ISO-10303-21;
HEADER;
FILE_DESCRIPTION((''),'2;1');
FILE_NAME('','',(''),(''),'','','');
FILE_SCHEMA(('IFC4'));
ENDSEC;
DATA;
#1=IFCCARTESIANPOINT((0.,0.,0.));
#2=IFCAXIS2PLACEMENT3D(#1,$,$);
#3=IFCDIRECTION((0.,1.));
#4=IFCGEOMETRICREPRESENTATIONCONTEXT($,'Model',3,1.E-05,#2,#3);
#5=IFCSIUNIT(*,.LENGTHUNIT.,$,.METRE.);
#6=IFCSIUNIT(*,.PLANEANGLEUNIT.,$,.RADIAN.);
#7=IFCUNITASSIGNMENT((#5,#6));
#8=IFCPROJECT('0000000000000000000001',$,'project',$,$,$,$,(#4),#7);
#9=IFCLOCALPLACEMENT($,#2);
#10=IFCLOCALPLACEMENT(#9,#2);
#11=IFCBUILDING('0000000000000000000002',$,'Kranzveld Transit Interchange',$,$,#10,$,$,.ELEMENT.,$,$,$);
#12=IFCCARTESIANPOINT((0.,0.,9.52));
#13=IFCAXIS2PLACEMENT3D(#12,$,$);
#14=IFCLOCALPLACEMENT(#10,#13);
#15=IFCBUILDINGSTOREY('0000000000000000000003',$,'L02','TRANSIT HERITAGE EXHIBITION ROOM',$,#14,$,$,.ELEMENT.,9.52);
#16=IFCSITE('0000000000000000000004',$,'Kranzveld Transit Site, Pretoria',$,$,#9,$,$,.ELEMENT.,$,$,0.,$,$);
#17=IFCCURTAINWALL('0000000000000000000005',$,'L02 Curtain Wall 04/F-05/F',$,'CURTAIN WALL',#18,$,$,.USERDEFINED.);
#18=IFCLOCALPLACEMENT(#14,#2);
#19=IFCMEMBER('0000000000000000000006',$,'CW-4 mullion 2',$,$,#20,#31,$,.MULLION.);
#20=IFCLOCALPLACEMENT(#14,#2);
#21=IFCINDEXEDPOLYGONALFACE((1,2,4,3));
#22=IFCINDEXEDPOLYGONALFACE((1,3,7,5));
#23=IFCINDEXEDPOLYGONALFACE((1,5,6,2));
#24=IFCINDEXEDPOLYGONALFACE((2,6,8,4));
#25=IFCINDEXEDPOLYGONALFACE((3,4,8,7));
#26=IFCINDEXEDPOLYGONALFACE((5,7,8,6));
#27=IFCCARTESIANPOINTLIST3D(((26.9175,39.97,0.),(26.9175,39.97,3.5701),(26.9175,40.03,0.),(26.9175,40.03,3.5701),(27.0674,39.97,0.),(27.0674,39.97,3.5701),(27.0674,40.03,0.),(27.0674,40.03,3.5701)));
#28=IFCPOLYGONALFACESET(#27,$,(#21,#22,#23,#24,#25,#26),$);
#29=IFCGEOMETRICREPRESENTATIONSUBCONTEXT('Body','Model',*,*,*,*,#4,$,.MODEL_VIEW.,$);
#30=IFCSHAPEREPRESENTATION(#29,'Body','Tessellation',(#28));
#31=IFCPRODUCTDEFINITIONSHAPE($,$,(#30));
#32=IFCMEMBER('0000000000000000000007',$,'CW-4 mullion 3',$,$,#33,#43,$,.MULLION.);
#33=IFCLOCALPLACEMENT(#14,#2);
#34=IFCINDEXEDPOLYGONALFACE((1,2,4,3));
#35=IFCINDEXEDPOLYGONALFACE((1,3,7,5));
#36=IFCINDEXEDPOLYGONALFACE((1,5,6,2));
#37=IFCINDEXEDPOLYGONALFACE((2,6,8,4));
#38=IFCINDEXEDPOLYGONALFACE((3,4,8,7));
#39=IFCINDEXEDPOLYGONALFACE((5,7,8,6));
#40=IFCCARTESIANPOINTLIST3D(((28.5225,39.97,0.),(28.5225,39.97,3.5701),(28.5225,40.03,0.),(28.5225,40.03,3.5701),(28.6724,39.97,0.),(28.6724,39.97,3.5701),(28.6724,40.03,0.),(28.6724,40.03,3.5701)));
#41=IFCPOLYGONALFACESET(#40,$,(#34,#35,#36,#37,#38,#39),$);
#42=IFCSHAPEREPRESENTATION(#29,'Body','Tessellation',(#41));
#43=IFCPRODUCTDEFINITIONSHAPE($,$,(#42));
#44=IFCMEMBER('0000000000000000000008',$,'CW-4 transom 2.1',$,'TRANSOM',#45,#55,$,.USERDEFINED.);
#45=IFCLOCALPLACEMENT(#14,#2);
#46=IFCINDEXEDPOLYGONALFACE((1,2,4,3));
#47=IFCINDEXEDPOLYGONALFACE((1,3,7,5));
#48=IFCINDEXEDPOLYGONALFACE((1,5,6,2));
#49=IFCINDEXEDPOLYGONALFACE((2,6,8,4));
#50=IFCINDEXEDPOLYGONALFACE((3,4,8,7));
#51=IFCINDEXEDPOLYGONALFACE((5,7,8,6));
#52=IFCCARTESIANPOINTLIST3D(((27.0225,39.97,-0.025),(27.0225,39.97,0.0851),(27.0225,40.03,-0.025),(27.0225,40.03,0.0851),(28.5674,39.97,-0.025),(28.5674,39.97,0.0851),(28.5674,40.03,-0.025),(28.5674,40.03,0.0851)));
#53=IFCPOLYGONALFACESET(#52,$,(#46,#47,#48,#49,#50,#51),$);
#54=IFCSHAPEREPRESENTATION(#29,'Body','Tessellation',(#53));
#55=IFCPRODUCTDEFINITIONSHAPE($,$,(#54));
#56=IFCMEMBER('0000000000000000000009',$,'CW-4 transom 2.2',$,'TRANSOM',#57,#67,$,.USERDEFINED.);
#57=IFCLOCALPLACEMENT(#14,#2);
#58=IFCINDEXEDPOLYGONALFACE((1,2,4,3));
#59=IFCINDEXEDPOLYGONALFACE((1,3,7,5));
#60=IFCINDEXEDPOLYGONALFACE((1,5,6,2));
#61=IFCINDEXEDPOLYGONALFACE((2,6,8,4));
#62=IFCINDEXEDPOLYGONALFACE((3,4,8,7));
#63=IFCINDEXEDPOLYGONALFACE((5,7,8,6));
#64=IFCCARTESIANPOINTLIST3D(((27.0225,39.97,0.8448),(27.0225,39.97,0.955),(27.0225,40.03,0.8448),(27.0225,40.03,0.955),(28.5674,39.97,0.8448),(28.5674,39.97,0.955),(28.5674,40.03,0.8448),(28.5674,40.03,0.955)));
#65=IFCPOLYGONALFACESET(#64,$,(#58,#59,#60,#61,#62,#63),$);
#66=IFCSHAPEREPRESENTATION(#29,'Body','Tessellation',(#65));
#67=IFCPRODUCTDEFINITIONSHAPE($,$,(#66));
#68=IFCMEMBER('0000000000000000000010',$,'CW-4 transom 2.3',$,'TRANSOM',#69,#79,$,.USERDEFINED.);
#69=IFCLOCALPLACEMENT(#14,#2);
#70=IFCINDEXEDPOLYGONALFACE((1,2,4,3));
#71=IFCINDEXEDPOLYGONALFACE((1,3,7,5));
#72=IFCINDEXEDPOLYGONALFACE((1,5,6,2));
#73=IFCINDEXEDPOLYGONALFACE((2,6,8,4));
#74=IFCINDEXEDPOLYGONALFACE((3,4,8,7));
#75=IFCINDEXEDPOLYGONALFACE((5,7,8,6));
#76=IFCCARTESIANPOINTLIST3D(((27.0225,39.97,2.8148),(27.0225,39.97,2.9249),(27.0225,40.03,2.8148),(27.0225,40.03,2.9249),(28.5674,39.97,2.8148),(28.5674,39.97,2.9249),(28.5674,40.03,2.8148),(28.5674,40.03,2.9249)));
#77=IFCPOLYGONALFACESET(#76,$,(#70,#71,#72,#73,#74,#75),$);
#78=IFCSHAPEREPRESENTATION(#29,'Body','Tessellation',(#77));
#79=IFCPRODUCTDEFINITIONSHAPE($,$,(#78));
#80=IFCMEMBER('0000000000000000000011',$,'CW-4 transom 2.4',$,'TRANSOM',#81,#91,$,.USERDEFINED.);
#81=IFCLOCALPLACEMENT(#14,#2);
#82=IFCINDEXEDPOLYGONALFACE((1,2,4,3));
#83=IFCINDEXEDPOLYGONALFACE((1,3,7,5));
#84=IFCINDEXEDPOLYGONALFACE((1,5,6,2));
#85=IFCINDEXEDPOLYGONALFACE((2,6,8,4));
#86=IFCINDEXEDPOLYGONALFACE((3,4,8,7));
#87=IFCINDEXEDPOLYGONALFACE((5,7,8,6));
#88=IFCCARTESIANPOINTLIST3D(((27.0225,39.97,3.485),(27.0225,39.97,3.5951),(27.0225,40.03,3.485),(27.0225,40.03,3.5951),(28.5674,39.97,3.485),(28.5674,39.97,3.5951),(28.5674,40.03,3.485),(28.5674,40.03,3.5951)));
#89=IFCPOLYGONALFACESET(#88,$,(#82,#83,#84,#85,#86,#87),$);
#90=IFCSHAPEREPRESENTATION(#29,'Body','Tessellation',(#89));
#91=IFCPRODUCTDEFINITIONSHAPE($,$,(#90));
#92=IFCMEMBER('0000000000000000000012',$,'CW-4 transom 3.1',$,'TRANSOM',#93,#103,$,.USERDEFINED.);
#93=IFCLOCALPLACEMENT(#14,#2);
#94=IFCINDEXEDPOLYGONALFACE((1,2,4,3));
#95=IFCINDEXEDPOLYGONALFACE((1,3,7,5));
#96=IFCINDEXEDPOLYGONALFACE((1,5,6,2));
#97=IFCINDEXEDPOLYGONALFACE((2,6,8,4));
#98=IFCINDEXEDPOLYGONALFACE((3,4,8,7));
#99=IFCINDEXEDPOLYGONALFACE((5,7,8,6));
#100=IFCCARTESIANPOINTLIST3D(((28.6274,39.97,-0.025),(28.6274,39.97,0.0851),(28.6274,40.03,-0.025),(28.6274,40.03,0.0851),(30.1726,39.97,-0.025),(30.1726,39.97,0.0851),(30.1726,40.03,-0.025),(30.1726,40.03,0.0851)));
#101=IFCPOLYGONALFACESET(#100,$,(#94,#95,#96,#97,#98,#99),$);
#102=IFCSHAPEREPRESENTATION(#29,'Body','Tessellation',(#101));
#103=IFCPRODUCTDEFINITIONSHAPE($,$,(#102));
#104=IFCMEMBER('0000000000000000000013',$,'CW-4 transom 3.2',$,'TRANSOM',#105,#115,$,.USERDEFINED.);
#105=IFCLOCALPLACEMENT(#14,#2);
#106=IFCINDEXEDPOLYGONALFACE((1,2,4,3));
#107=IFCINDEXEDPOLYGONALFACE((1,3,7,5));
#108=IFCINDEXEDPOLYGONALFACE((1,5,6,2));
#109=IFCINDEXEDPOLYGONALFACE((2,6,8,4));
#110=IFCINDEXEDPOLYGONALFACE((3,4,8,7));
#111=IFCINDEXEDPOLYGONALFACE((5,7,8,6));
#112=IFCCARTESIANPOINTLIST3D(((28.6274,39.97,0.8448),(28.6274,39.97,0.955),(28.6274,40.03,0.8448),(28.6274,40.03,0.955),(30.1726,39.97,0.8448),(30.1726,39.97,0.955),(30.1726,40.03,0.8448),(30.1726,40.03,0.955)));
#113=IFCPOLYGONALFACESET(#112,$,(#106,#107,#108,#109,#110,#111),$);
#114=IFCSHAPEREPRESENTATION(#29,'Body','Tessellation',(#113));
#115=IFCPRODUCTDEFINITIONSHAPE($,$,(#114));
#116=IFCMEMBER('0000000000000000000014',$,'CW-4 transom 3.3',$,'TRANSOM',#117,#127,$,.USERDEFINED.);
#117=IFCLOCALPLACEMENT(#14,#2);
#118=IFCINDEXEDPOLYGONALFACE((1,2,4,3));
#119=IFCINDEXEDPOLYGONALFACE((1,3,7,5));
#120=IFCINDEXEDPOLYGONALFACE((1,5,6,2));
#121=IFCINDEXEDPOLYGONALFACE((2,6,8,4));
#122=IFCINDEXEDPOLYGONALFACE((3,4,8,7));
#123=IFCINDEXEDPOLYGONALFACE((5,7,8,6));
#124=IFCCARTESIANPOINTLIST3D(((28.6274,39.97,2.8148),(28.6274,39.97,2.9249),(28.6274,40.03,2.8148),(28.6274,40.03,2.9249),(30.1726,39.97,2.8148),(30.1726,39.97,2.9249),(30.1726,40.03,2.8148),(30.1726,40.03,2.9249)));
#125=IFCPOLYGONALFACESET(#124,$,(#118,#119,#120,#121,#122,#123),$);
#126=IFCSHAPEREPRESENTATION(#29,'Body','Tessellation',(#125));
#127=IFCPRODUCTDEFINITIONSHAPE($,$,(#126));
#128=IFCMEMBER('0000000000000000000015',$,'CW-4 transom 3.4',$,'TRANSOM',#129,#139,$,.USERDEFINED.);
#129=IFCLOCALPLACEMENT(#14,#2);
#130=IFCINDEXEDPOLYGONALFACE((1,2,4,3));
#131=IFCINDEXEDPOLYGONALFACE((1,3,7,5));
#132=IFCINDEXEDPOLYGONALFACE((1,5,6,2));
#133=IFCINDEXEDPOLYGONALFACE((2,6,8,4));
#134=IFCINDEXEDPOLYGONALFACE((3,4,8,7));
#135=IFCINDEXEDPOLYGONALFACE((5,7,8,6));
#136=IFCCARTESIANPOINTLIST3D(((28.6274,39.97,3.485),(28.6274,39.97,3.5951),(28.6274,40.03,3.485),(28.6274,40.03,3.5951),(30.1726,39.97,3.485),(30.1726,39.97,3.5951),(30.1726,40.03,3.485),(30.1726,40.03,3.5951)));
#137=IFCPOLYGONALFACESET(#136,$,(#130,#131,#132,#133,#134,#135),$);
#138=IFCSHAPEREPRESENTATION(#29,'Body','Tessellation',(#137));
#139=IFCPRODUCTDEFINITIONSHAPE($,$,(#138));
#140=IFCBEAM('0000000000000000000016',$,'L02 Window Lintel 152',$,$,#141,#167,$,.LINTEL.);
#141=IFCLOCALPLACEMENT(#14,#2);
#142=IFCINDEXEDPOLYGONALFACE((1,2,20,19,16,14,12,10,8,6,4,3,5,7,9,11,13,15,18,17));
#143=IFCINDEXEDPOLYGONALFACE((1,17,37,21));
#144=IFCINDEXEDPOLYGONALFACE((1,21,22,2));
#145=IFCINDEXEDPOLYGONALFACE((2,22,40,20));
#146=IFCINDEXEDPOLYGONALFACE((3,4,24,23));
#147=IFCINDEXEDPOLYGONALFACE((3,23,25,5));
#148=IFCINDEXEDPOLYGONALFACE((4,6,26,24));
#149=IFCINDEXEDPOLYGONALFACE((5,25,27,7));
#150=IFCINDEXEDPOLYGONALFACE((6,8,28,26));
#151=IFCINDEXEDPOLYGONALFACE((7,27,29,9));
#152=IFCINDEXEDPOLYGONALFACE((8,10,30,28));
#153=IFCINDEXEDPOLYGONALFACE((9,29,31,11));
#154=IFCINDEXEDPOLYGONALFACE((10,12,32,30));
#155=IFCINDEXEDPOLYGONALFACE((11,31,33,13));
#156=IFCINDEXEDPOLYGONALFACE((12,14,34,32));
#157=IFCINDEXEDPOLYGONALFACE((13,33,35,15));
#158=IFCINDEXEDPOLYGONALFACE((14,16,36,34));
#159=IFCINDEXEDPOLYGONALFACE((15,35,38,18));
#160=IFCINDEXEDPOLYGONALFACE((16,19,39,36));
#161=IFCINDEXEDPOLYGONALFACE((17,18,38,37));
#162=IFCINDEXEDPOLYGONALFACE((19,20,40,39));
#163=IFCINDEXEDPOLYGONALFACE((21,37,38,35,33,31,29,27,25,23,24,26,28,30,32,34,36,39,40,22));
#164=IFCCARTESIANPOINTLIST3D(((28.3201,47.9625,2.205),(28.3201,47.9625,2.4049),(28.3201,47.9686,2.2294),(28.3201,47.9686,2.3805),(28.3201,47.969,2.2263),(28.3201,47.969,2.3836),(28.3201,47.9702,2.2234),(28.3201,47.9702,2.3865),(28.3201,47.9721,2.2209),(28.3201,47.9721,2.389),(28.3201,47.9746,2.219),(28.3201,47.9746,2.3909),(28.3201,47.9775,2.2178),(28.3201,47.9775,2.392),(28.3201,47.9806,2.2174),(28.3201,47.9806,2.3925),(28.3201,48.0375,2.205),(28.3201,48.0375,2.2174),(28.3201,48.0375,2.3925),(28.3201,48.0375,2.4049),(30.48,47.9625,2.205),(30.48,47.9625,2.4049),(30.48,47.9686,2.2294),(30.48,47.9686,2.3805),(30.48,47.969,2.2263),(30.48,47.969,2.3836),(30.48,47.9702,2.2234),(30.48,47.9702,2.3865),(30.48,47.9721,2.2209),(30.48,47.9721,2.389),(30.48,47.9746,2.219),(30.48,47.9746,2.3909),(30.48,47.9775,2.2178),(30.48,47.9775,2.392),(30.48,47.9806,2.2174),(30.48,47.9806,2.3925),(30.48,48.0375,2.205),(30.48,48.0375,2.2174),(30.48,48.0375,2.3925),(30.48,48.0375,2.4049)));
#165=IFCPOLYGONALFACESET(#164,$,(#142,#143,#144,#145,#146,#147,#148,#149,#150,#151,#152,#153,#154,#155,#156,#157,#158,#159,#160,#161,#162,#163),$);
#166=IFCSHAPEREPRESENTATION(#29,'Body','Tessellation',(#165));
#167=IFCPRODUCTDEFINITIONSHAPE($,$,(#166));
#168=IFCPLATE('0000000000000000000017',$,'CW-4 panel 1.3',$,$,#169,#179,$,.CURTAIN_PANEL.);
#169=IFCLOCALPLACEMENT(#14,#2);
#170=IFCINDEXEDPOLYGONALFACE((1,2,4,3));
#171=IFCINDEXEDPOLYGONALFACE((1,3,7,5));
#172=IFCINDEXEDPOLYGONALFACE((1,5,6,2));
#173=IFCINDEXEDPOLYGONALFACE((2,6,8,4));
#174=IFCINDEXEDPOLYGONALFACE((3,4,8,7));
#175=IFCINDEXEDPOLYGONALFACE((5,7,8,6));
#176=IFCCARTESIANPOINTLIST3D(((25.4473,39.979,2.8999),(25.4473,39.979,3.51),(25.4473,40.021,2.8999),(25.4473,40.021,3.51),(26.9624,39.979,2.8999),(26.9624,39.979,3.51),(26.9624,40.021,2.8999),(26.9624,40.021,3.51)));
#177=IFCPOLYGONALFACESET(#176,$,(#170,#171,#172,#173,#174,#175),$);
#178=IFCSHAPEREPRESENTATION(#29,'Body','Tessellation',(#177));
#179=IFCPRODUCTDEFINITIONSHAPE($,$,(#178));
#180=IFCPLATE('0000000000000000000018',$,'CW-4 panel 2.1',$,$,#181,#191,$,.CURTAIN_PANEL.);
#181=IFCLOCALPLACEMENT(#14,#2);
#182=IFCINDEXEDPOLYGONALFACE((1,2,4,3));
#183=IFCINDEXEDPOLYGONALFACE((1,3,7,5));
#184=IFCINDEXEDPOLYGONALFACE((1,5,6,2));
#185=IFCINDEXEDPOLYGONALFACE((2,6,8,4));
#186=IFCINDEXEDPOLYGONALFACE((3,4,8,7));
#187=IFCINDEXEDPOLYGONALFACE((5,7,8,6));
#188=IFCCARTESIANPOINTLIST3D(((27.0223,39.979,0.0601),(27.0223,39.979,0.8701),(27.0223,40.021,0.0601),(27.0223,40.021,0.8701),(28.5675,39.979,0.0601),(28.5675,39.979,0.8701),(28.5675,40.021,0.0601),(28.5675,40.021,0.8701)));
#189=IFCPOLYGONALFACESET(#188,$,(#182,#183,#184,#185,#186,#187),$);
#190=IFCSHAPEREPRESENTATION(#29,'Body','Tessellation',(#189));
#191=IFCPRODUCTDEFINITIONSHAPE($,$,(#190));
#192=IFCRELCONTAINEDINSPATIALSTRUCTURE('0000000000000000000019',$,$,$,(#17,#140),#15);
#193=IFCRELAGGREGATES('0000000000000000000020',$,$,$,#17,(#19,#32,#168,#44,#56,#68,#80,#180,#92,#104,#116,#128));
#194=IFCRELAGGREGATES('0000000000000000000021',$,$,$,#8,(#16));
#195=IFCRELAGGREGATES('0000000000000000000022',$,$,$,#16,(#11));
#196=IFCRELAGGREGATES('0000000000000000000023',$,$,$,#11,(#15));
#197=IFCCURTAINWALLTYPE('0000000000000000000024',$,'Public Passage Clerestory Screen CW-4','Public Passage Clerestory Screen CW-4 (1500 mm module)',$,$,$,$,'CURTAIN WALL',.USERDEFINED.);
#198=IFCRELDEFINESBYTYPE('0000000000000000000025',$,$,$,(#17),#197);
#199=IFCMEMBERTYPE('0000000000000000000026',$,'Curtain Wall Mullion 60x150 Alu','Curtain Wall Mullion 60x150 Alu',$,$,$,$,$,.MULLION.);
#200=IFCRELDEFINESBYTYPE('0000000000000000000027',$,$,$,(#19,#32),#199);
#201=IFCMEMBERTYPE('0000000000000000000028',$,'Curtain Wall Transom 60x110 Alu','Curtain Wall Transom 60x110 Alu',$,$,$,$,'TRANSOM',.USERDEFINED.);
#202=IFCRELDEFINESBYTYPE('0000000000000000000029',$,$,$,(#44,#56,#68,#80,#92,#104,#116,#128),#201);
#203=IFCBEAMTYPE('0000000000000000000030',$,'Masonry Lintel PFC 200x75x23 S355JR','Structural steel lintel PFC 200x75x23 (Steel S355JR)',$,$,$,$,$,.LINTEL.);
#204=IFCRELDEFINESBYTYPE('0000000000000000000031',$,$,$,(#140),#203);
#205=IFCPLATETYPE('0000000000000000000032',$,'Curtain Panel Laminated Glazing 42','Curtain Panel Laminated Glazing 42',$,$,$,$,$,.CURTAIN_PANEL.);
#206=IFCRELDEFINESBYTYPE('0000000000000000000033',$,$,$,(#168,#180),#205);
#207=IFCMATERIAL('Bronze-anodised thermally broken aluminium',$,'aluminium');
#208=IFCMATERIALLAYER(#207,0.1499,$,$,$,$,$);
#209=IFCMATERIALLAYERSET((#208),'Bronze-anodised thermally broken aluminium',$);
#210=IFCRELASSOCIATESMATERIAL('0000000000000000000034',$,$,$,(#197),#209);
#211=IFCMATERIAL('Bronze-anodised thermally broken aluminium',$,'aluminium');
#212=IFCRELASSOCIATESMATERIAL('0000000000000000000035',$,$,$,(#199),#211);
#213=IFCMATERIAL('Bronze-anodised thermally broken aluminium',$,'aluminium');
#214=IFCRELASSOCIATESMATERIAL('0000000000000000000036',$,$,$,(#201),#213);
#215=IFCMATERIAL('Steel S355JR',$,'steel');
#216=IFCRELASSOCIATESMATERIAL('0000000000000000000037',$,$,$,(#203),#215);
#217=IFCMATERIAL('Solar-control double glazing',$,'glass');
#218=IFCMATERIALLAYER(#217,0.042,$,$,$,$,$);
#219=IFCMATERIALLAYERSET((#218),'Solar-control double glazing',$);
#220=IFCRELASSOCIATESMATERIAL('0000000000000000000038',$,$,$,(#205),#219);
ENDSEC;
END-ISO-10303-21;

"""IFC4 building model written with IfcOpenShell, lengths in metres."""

from ifc_helpers import new_model, si_unit, direction, frame, origin, origin_2d, place, context, subcontext, project, spatial, rectangle, u_section, extrude, material, layer, layer_set, material_profile, profile_set, type_object, element, aggregate, save


model = new_model("IFC4")

# Units and contexts
model_context = context("Model", 3, precision=1e-05, world=origin(), true_north=direction((0.0, 1.0)))
body_context = subcontext(model_context, "Body", "Model", "MODEL_VIEW")
ifc_project = project(units=[si_unit("LENGTHUNIT", "METRE"), si_unit("PLANEANGLEUNIT", "RADIAN")], contexts=[model_context])

# Site, building, storey
site_placement = place(None, origin())
site = spatial("IfcSite", under=ifc_project, at=site_placement, Name="Kranzveld Transit Site, Pretoria", CompositionType="ELEMENT", RefElevation=0.0)
building_placement = place(site_placement, origin())
building = spatial("IfcBuilding", under=site, at=building_placement, Name="Kranzveld Transit Interchange", CompositionType="ELEMENT")
storey_placement = place(building_placement, frame((0.0, 0.0, 9.52)))
storey = spatial("IfcBuildingStorey", under=building, at=storey_placement, Name="L02", Description="TRANSIT HERITAGE EXHIBITION ROOM", CompositionType="ELEMENT", Elevation=9.52)

# Curtain wall, members
ifc_material_1 = material(Name="Bronze-anodised thermally broken aluminium", Category="aluminium")
ifc_layer_1 = layer(ifc_material_1, 0.1499)
ifc_layer_set_1 = layer_set([ifc_layer_1], Name="Bronze-anodised thermally broken aluminium")
curtain_wall_type = type_object("IfcCurtainWallType", Name="Public Passage Clerestory Screen CW-4", Description="Public Passage Clerestory Screen CW-4 (1500 mm module)", ElementType="CURTAIN WALL", PredefinedType="USERDEFINED", material=ifc_layer_set_1)
curtain_wall_placement = place(storey_placement, origin())
curtain_wall = element("IfcCurtainWall", 1, at=curtain_wall_placement, inside=storey, type_object=curtain_wall_type, Name="L02 Curtain Wall 04/F-05/F", ObjectType="CURTAIN WALL", PredefinedType="USERDEFINED")
ifc_material_2 = material(Name="Bronze-anodised thermally broken aluminium", Category="aluminium")
ifc_material_profile_1 = material_profile(ifc_material_2, rectangle(XDim=0.0601, YDim=0.1499, at=origin_2d()), Name="ALU MULLION 60x150")
ifc_profile_set_1 = profile_set([ifc_material_profile_1], Name="Bronze-anodised thermally broken aluminium")
member_type_1 = type_object("IfcMemberType", Name="Curtain Wall Mullion 60x150 Alu", Description="Curtain Wall Mullion 60x150 Alu", PredefinedType="MULLION", material=ifc_profile_set_1)
member_1_placement = place(storey_placement, frame((26.9924, 40.0, 0.0), z_axis=(0.0, 0.0, 1.0), x_axis=(0.0, 1.0, 0.0)))
member_1 = element("IfcMember", 2, at=member_1_placement, type_object=member_type_1, Name="CW-4 mullion 2", PredefinedType="MULLION", context=body_context, shape_type="SweptSolid", body=[
    extrude(rectangle(XDim=0.0601, YDim=0.1499, at=origin_2d()), origin(), (0.0, 0.0, 1.0), 3.5701),
])
member_2_placement = place(storey_placement, frame((28.5974, 40.0, 0.0), z_axis=(0.0, 0.0, 1.0), x_axis=(0.0, 1.0, 0.0)))
member_2 = element("IfcMember", 3, at=member_2_placement, type_object=member_type_1, Name="CW-4 mullion 3", PredefinedType="MULLION", context=body_context, shape_type="SweptSolid", body=[
    extrude(rectangle(XDim=0.0601, YDim=0.1499, at=origin_2d()), origin(), (0.0, 0.0, 1.0), 3.5701),
])
ifc_material_3 = material(Name="Bronze-anodised thermally broken aluminium", Category="aluminium")
ifc_material_profile_2 = material_profile(ifc_material_3, rectangle(XDim=0.0601, YDim=0.1101, at=origin_2d()), Name="ALU TRANSOM 60x110")
ifc_profile_set_2 = profile_set([ifc_material_profile_2], Name="Bronze-anodised thermally broken aluminium")
member_type_2 = type_object("IfcMemberType", Name="Curtain Wall Transom 60x110 Alu", Description="Curtain Wall Transom 60x110 Alu", ElementType="TRANSOM", PredefinedType="USERDEFINED", material=ifc_profile_set_2)
member_3_placement = place(storey_placement, frame((27.0225, 40.0, 0.03), z_axis=(1.0, 0.0, 0.0), x_axis=(0.0, 1.0, 0.0)))
member_3 = element("IfcMember", 4, at=member_3_placement, type_object=member_type_2, Name="CW-4 transom 2.1", ObjectType="TRANSOM", PredefinedType="USERDEFINED", context=body_context, shape_type="SweptSolid", body=[
    extrude(rectangle(XDim=0.0601, YDim=0.1101, at=origin_2d()), origin(), (0.0, 0.0, 1.0), 1.5449),
])
member_4_placement = place(storey_placement, frame((27.0225, 40.0, 0.8999), z_axis=(1.0, 0.0, 0.0), x_axis=(0.0, 1.0, 0.0)))
member_4 = element("IfcMember", 5, at=member_4_placement, type_object=member_type_2, Name="CW-4 transom 2.2", ObjectType="TRANSOM", PredefinedType="USERDEFINED", context=body_context, shape_type="SweptSolid", body=[
    extrude(rectangle(XDim=0.0601, YDim=0.1101, at=origin_2d()), origin(), (0.0, 0.0, 1.0), 1.5449),
])
member_5_placement = place(storey_placement, frame((27.0225, 40.0, 2.8699), z_axis=(1.0, 0.0, 0.0), x_axis=(0.0, 1.0, 0.0)))
member_5 = element("IfcMember", 6, at=member_5_placement, type_object=member_type_2, Name="CW-4 transom 2.3", ObjectType="TRANSOM", PredefinedType="USERDEFINED", context=body_context, shape_type="SweptSolid", body=[
    extrude(rectangle(XDim=0.0601, YDim=0.1101, at=origin_2d()), origin(), (0.0, 0.0, 1.0), 1.5449),
])
member_6_placement = place(storey_placement, frame((27.0225, 40.0, 3.54), z_axis=(1.0, 0.0, 0.0), x_axis=(0.0, 1.0, 0.0)))
member_6 = element("IfcMember", 7, at=member_6_placement, type_object=member_type_2, Name="CW-4 transom 2.4", ObjectType="TRANSOM", PredefinedType="USERDEFINED", context=body_context, shape_type="SweptSolid", body=[
    extrude(rectangle(XDim=0.0601, YDim=0.1101, at=origin_2d()), origin(), (0.0, 0.0, 1.0), 1.5449),
])
member_7_placement = place(storey_placement, frame((28.6274, 40.0, 0.03), z_axis=(1.0, 0.0, 0.0), x_axis=(0.0, 1.0, 0.0)))
member_7 = element("IfcMember", 8, at=member_7_placement, type_object=member_type_2, Name="CW-4 transom 3.1", ObjectType="TRANSOM", PredefinedType="USERDEFINED", context=body_context, shape_type="SweptSolid", body=[
    extrude(rectangle(XDim=0.0601, YDim=0.1101, at=origin_2d()), origin(), (0.0, 0.0, 1.0), 1.5452),
])
member_8_placement = place(storey_placement, frame((28.6274, 40.0, 0.8999), z_axis=(1.0, 0.0, 0.0), x_axis=(0.0, 1.0, 0.0)))
member_8 = element("IfcMember", 9, at=member_8_placement, type_object=member_type_2, Name="CW-4 transom 3.2", ObjectType="TRANSOM", PredefinedType="USERDEFINED", context=body_context, shape_type="SweptSolid", body=[
    extrude(rectangle(XDim=0.0601, YDim=0.1101, at=origin_2d()), origin(), (0.0, 0.0, 1.0), 1.5452),
])
member_9_placement = place(storey_placement, frame((28.6274, 40.0, 2.8699), z_axis=(1.0, 0.0, 0.0), x_axis=(0.0, 1.0, 0.0)))
member_9 = element("IfcMember", 10, at=member_9_placement, type_object=member_type_2, Name="CW-4 transom 3.3", ObjectType="TRANSOM", PredefinedType="USERDEFINED", context=body_context, shape_type="SweptSolid", body=[
    extrude(rectangle(XDim=0.0601, YDim=0.1101, at=origin_2d()), origin(), (0.0, 0.0, 1.0), 1.5452),
])
member_10_placement = place(storey_placement, frame((28.6274, 40.0, 3.54), z_axis=(1.0, 0.0, 0.0), x_axis=(0.0, 1.0, 0.0)))
member_10 = element("IfcMember", 11, at=member_10_placement, type_object=member_type_2, Name="CW-4 transom 3.4", ObjectType="TRANSOM", PredefinedType="USERDEFINED", context=body_context, shape_type="SweptSolid", body=[
    extrude(rectangle(XDim=0.0601, YDim=0.1101, at=origin_2d()), origin(), (0.0, 0.0, 1.0), 1.5452),
])

# Beam
ifc_material_4 = material(Name="Steel S355JR", Category="steel")
ifc_material_profile_3 = material_profile(ifc_material_4, u_section(Depth=0.2, FlangeWidth=0.075, WebThickness=0.0061, FlangeThickness=0.0125, FilletRadius=0.012, at=origin_2d()), Name="PFC 200x75x23")
ifc_profile_set_3 = profile_set([ifc_material_profile_3], Name="Steel S355JR")
beam_type = type_object("IfcBeamType", Name="Masonry Lintel PFC 200x75x23 S355JR", Description="Structural steel lintel PFC 200x75x23 (Steel S355JR)", PredefinedType="LINTEL", material=ifc_profile_set_3)
beam_placement = place(storey_placement, frame((28.3201, 48.0, 2.3049), z_axis=(1.0, 0.0, 0.0), x_axis=(0.0, 1.0, 0.0)))
element("IfcBeam", 12, at=beam_placement, inside=storey, type_object=beam_type, Name="L02 Window Lintel 152", PredefinedType="LINTEL", context=body_context, shape_type="SweptSolid", body=[
    extrude(u_section(Depth=0.2, FlangeWidth=0.075, WebThickness=0.0061, FlangeThickness=0.0125, FilletRadius=0.012, at=origin_2d()), origin(), (0.0, 0.0, 1.0), 2.1599),
])

# Plates
ifc_material_5 = material(Name="Solar-control double glazing", Category="glass")
ifc_layer_2 = layer(ifc_material_5, 0.042)
ifc_layer_set_2 = layer_set([ifc_layer_2], Name="Solar-control double glazing")
plate_type = type_object("IfcPlateType", Name="Curtain Panel Laminated Glazing 42", Description="Curtain Panel Laminated Glazing 42", PredefinedType="CURTAIN_PANEL", material=ifc_layer_set_2)
plate_1_placement = place(storey_placement, frame((26.2048, 40.0, 2.8999), z_axis=(0.0, 0.0, 1.0), x_axis=(1.0, 0.0, 0.0)))
plate_1 = element("IfcPlate", 13, at=plate_1_placement, type_object=plate_type, Name="CW-4 panel 1.3", PredefinedType="CURTAIN_PANEL", context=body_context, shape_type="SweptSolid", body=[
    extrude(rectangle(XDim=1.5151, YDim=0.042, at=origin_2d()), origin(), (0.0, 0.0, 1.0), 0.6101),
])
plate_2_placement = place(storey_placement, frame((27.7949, 40.0, 0.0601), z_axis=(0.0, 0.0, 1.0), x_axis=(1.0, 0.0, 0.0)))
plate_2 = element("IfcPlate", 14, at=plate_2_placement, type_object=plate_type, Name="CW-4 panel 2.1", PredefinedType="CURTAIN_PANEL", context=body_context, shape_type="SweptSolid", body=[
    extrude(rectangle(XDim=1.5452, YDim=0.042, at=origin_2d()), origin(), (0.0, 0.0, 1.0), 0.8101),
])
aggregate(curtain_wall, [member_1, member_2, plate_1, member_3, member_4, member_5, member_6, plate_2, member_7, member_8, member_9, member_10])

save(model, "model.ifc")
